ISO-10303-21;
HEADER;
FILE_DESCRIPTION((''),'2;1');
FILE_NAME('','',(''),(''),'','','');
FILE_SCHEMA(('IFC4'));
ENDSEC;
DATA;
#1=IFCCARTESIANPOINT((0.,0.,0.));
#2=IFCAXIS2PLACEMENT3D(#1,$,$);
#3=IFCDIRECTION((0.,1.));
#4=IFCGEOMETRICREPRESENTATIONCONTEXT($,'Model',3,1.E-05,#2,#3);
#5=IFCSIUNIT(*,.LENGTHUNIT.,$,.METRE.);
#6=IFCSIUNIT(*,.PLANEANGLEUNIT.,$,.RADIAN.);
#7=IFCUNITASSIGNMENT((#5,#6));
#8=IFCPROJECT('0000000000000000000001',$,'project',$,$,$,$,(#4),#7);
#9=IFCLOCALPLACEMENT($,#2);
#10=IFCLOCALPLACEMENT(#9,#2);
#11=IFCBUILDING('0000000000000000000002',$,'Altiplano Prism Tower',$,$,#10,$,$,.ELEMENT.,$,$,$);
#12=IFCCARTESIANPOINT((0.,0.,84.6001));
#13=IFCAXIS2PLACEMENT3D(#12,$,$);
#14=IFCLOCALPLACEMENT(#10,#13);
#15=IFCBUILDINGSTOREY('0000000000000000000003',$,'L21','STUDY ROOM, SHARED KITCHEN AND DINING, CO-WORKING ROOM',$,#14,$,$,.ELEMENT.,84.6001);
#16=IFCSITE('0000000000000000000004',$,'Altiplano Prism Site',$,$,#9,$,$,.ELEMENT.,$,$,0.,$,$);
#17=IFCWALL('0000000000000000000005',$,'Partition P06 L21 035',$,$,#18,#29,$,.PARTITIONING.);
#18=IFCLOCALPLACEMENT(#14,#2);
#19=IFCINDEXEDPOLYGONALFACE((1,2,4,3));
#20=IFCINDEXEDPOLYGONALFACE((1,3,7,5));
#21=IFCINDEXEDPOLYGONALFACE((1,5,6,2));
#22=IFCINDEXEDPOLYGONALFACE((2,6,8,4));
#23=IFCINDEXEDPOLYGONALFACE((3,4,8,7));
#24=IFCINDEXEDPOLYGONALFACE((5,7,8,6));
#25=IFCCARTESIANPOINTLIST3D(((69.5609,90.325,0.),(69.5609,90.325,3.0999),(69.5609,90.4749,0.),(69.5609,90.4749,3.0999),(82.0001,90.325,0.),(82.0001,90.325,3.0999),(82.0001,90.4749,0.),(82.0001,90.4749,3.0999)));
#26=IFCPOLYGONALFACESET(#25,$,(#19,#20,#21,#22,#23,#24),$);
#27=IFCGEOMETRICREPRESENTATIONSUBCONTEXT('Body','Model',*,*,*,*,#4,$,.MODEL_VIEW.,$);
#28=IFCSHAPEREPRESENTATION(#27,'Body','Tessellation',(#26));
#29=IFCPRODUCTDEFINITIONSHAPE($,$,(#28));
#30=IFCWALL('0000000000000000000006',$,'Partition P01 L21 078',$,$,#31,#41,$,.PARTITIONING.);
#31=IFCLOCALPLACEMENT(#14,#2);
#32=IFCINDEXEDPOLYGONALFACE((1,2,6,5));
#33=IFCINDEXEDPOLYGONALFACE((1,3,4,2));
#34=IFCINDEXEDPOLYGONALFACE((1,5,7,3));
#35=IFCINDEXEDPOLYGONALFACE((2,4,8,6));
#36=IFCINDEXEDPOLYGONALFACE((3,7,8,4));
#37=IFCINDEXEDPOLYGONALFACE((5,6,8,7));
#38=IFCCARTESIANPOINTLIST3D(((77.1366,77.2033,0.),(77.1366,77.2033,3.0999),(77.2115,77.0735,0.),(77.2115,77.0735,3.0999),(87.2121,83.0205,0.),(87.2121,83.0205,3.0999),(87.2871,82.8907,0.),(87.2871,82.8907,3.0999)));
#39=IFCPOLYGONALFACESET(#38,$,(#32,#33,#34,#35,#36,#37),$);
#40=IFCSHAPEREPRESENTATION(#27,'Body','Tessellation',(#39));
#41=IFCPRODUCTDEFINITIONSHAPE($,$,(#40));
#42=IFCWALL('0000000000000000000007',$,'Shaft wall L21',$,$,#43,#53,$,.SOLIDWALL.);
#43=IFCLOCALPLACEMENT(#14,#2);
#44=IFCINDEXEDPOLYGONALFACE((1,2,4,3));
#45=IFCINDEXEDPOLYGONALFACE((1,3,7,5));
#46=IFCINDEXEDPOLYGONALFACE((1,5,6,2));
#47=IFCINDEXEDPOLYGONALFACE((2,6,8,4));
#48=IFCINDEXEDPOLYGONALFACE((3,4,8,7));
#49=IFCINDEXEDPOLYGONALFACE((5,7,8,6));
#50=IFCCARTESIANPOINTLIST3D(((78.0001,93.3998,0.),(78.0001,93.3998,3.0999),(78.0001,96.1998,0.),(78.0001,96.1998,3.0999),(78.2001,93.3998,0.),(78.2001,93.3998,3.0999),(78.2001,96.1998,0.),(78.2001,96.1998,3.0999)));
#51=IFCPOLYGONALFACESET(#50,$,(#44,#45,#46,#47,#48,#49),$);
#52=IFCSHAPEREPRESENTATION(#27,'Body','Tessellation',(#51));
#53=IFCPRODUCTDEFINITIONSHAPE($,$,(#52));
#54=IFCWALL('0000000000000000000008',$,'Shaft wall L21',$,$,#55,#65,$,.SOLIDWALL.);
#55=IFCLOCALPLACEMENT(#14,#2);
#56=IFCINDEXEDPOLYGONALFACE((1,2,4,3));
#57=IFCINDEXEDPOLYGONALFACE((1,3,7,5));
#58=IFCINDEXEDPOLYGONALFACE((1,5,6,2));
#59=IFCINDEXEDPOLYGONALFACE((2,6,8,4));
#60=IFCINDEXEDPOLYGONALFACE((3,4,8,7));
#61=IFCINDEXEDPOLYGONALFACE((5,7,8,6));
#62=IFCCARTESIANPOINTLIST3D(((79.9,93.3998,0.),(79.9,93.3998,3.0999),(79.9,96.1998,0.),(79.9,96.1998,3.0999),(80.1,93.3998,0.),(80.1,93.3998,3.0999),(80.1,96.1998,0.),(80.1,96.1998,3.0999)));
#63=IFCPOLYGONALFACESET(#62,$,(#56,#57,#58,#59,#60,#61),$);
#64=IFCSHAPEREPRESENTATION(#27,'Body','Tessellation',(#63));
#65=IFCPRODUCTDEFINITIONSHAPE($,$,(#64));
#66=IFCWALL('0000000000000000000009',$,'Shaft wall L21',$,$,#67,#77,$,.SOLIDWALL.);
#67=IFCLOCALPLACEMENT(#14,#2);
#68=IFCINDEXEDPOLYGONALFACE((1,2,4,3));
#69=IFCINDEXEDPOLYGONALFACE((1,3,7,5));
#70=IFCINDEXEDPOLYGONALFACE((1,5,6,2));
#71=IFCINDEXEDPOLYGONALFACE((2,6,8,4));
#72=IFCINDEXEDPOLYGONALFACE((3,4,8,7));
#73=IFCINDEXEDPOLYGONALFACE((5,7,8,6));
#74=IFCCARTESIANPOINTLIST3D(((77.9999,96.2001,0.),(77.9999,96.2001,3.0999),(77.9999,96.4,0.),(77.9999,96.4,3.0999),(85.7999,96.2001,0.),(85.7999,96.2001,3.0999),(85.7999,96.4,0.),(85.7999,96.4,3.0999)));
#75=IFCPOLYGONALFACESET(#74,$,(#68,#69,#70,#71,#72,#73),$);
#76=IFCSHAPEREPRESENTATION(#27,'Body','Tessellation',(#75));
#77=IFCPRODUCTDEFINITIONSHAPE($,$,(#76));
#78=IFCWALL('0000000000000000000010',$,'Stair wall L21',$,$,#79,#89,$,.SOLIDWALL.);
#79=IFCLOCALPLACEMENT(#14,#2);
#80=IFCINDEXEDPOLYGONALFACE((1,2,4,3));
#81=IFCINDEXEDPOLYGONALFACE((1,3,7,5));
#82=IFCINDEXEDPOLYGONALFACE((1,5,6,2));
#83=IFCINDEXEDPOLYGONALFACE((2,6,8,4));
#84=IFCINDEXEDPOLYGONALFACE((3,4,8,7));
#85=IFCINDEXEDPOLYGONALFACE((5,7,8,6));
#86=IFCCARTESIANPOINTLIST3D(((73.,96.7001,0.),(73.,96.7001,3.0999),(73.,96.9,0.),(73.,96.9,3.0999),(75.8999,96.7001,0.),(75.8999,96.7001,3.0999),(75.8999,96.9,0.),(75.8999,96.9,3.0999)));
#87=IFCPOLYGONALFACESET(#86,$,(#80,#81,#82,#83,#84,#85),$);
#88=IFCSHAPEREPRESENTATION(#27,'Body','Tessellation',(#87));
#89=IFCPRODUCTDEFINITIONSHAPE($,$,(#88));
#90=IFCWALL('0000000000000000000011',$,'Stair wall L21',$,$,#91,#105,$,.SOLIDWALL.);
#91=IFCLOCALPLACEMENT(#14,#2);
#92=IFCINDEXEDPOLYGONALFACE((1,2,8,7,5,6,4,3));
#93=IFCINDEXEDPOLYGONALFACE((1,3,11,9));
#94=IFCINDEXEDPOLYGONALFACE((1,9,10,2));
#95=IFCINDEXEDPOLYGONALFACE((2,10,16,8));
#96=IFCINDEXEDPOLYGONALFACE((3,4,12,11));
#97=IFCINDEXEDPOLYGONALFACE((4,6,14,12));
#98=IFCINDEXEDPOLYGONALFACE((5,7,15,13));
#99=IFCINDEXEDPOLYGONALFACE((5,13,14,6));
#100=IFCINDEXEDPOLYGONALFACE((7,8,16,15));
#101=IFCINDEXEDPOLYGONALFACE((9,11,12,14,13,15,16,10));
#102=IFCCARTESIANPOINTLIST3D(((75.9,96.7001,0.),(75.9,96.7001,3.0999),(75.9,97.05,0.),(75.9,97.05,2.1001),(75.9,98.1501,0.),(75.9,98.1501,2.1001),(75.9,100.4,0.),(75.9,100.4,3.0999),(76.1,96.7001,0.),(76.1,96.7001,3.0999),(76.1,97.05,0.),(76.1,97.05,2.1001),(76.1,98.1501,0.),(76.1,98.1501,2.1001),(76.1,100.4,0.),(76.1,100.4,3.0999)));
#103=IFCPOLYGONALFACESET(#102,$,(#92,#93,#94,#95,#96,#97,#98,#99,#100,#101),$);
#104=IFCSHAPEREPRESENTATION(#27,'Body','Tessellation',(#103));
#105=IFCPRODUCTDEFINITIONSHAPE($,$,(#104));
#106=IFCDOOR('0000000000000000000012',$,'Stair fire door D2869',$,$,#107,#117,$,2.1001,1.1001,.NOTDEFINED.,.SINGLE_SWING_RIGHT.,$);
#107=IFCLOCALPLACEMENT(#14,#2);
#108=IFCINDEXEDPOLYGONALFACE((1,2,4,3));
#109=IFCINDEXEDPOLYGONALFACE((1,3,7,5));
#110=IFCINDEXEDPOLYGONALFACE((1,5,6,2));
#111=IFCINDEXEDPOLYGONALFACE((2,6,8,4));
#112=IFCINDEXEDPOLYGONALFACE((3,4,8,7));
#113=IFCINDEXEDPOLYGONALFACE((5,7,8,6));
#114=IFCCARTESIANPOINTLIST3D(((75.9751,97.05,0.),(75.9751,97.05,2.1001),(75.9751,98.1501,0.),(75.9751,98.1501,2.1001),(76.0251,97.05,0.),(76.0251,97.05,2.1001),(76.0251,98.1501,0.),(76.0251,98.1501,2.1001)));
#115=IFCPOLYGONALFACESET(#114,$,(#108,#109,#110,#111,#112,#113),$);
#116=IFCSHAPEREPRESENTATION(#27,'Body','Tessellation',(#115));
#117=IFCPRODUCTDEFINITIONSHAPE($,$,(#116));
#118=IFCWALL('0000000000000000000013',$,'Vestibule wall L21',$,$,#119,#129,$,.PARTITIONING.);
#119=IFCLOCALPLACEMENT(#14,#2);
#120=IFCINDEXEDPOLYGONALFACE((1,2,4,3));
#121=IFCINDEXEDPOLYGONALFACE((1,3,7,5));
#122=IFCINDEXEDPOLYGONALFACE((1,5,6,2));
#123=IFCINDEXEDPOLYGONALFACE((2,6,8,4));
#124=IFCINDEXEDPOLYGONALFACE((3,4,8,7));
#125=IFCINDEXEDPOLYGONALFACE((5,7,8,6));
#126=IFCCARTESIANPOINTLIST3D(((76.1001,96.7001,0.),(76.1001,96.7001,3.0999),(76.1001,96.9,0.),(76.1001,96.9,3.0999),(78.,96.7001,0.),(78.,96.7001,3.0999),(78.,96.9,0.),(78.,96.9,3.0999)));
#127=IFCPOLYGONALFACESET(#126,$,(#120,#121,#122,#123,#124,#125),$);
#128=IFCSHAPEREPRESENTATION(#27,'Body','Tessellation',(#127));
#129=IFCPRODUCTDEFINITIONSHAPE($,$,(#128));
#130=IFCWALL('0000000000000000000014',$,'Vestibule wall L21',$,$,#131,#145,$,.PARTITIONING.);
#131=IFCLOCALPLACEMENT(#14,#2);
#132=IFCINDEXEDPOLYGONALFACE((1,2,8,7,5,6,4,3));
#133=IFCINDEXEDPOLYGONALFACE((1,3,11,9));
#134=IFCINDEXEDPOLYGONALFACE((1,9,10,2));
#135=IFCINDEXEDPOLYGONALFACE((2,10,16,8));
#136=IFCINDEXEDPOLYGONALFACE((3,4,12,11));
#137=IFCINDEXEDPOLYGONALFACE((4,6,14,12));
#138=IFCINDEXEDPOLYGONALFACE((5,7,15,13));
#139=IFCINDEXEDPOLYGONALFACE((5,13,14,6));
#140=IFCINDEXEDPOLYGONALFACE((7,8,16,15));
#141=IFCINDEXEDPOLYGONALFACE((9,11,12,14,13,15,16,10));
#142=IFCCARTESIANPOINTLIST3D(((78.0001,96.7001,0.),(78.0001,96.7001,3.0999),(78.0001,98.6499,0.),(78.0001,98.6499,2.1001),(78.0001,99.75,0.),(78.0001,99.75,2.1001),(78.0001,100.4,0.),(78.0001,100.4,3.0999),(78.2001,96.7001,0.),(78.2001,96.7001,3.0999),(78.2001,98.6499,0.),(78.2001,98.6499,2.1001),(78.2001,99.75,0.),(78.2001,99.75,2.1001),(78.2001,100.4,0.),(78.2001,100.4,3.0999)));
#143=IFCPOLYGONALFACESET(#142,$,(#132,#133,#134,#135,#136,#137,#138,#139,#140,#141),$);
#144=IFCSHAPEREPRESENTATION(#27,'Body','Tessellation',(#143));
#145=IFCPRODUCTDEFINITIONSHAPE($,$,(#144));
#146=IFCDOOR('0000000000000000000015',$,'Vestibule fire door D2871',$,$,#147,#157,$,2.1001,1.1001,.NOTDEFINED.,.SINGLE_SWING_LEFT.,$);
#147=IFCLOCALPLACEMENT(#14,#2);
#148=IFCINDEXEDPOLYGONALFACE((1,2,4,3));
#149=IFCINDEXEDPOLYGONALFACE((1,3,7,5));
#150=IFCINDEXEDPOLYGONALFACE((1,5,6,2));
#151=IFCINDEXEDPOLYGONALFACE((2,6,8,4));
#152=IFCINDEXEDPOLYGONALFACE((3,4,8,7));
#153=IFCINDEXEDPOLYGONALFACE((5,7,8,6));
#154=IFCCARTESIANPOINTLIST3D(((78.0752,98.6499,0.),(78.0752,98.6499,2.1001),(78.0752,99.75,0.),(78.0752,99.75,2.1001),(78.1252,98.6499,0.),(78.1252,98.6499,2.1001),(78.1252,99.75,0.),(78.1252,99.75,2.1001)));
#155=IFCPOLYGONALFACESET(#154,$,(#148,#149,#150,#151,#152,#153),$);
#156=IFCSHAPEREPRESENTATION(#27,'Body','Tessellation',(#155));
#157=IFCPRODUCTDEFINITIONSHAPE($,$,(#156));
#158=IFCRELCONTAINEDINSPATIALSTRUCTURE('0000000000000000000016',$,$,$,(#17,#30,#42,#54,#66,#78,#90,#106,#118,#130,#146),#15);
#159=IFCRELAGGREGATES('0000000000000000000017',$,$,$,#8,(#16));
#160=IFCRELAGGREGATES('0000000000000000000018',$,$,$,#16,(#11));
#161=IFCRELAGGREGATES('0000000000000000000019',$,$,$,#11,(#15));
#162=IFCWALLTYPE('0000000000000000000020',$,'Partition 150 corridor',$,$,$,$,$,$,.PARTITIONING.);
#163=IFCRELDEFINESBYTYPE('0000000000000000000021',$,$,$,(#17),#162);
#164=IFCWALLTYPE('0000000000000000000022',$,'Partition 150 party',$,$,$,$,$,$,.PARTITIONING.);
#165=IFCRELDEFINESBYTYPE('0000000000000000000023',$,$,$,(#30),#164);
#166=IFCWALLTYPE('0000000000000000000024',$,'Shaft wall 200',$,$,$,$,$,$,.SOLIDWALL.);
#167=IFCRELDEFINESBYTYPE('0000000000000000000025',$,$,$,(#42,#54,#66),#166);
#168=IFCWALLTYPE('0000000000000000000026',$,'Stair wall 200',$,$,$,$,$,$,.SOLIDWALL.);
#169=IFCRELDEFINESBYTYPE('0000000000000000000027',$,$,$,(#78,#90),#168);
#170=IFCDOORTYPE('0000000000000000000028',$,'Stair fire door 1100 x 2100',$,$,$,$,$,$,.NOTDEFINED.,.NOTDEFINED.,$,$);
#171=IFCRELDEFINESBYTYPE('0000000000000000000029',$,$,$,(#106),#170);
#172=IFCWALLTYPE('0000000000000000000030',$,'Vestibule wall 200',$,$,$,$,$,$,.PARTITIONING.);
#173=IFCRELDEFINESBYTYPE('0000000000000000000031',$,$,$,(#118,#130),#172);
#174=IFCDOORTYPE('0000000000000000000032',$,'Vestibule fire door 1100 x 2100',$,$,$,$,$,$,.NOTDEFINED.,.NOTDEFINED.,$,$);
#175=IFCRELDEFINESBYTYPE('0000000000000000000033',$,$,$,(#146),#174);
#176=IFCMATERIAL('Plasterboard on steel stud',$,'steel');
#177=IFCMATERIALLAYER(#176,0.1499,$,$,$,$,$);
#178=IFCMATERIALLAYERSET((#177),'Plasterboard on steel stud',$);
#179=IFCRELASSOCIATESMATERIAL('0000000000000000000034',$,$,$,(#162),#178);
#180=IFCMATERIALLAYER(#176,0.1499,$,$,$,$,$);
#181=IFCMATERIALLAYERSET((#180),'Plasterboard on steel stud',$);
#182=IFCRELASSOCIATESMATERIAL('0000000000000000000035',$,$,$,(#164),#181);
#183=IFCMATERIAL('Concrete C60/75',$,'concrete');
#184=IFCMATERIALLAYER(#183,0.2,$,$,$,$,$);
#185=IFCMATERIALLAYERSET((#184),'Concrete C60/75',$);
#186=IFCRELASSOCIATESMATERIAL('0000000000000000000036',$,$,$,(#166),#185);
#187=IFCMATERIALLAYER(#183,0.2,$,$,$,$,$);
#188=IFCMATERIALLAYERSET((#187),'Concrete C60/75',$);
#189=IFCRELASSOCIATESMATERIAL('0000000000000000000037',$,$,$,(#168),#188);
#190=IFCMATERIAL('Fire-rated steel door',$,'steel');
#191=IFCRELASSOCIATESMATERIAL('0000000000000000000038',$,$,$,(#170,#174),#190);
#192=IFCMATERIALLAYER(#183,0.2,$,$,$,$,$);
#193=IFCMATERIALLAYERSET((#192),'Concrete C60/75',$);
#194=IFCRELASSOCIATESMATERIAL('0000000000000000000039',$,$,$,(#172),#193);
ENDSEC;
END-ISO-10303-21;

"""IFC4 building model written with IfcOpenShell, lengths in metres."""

from ifc_helpers import new_model, si_unit, direction, frame, frame_2d, origin, place, context, subcontext, project, spatial, rectangle, extrude, material, layer, layer_set, type_object, element, fill, save


model = new_model("IFC4")

# Units and contexts
model_context = context("Model", 3, precision=1e-05, world=origin(), true_north=direction((0.0, 1.0)))
body_context = subcontext(model_context, "Body", "Model", "MODEL_VIEW")
ifc_project = project(units=[si_unit("LENGTHUNIT", "METRE"), si_unit("PLANEANGLEUNIT", "RADIAN")], contexts=[model_context])

# Site, building, storey
site_placement = place(None, origin())
site = spatial("IfcSite", under=ifc_project, at=site_placement, Name="Altiplano Prism Site", CompositionType="ELEMENT", RefElevation=0.0)
building_placement = place(site_placement, origin())
building = spatial("IfcBuilding", under=site, at=building_placement, Name="Altiplano Prism Tower", CompositionType="ELEMENT")
storey_placement = place(building_placement, frame((0.0, 0.0, 84.6001)))
storey = spatial("IfcBuildingStorey", under=building, at=storey_placement, Name="L21", Description="STUDY ROOM, SHARED KITCHEN AND DINING, CO-WORKING ROOM", CompositionType="ELEMENT", Elevation=84.6001)

# Shared definitions
ifc_material_1 = material(Name="Concrete C60/75", Category="concrete")

# Shared definitions
ifc_material_2 = material(Name="Fire-rated steel door", Category="steel")

# Walls
ifc_material_3 = material(Name="Plasterboard on steel stud", Category="steel")
ifc_layer_1 = layer(ifc_material_3, 0.1499)
ifc_layer_set_1 = layer_set([ifc_layer_1], Name="Plasterboard on steel stud")
wall_type_1 = type_object("IfcWallType", Name="Partition 150 corridor", PredefinedType="PARTITIONING", material=ifc_layer_set_1)
wall_1_placement = place(storey_placement, frame((69.5608, 90.3999, 0.0), z_axis=(0.0, 0.0, 1.0), x_axis=(1.0, 0.0, 0.0)))
element("IfcWall", 1, at=wall_1_placement, inside=storey, type_object=wall_type_1, Name="Partition P06 L21 035", PredefinedType="PARTITIONING", context=body_context, shape_type="SweptSolid", body=[
    extrude(rectangle(XDim=12.4392, YDim=0.1499, at=frame_2d((6.2197, 0.0))), origin(), (0.0, 0.0, 1.0), 3.0999),
])
ifc_layer_2 = layer(ifc_material_3, 0.1499)
ifc_layer_set_2 = layer_set([ifc_layer_2], Name="Plasterboard on steel stud")
wall_type_2 = type_object("IfcWallType", Name="Partition 150 party", PredefinedType="PARTITIONING", material=ifc_layer_set_2)
wall_2_placement = place(storey_placement, frame((77.1741, 77.1384, 0.0), z_axis=(0.0, 0.0, 1.0), x_axis=(0.866022, 0.500005, 0.0)))
element("IfcWall", 2, at=wall_2_placement, inside=storey, type_object=wall_type_2, Name="Partition P01 L21 078", PredefinedType="PARTITIONING", context=body_context, shape_type="SweptSolid", body=[
    extrude(rectangle(XDim=11.6343, YDim=0.1499, at=frame_2d((5.8171, 0.0))), origin(), (0.0, 0.0, 1.0), 3.0999),
])
ifc_layer_3 = layer(ifc_material_1, 0.2)
ifc_layer_set_3 = layer_set([ifc_layer_3], Name="Concrete C60/75")
wall_type_3 = type_object("IfcWallType", Name="Shaft wall 200", PredefinedType="SOLIDWALL", material=ifc_layer_set_3)
for number, where, z_axis, x_axis, name in (
    (3, (78.1001, 93.3999, 0.0), (0.0, 0.0, 1.0), (0.0, 1.0, 0.0), "Shaft wall L21"),
    (4, (80.0, 93.3999, 0.0), (0.0, 0.0, 1.0), (0.0, 1.0, 0.0), "Shaft wall L21"),
):
    element("IfcWall", number, at=place(storey_placement, frame(where, z_axis=z_axis, x_axis=x_axis)), inside=storey, type_object=wall_type_3, Name=name, PredefinedType="SOLIDWALL", context=body_context, shape_type="SweptSolid", body=[
        extrude(rectangle(XDim=2.8, YDim=0.2, at=frame_2d((1.3999, 0.0))), origin(), (0.0, 0.0, 1.0), 3.0999),
    ])
wall_3_placement = place(storey_placement, frame((78.0, 96.3, 0.0), z_axis=(0.0, 0.0, 1.0), x_axis=(1.0, 0.0, 0.0)))
element("IfcWall", 5, at=wall_3_placement, inside=storey, type_object=wall_type_3, Name="Shaft wall L21", PredefinedType="SOLIDWALL", context=body_context, shape_type="SweptSolid", body=[
    extrude(rectangle(XDim=7.8, YDim=0.2, at=frame_2d((3.8999, 0.0))), origin(), (0.0, 0.0, 1.0), 3.0999),
])
ifc_layer_4 = layer(ifc_material_1, 0.2)
ifc_layer_set_4 = layer_set([ifc_layer_4], Name="Concrete C60/75")
wall_type_4 = type_object("IfcWallType", Name="Stair wall 200", PredefinedType="SOLIDWALL", material=ifc_layer_set_4)
wall_4_placement = place(storey_placement, frame((73.0, 96.8, 0.0), z_axis=(0.0, 0.0, 1.0), x_axis=(1.0, 0.0, 0.0)))
element("IfcWall", 6, at=wall_4_placement, inside=storey, type_object=wall_type_4, Name="Stair wall L21", PredefinedType="SOLIDWALL", context=body_context, shape_type="SweptSolid", body=[
    extrude(rectangle(XDim=2.8999, YDim=0.2, at=frame_2d((1.45, 0.0))), origin(), (0.0, 0.0, 1.0), 3.0999),
])

# Wall, opening, door
wall_5_placement = place(storey_placement, frame((76.0, 96.7, 0.0), z_axis=(0.0, 0.0, 1.0), x_axis=(0.0, 1.0, 0.0)))
wall_5 = element("IfcWall", 7, at=wall_5_placement, inside=storey, type_object=wall_type_4, Name="Stair wall L21", PredefinedType="SOLIDWALL", context=body_context, shape_type="SweptSolid", body=[
    extrude(rectangle(XDim=3.7, YDim=0.2, at=frame_2d((1.8501, 0.0))), origin(), (0.0, 0.0, 1.0), 3.0999),
])
opening_1_placement = place(wall_5_placement, frame((0.3501, 0.0, 0.0)))
opening_1 = element("IfcOpeningElement", 8, at=opening_1_placement, cuts=wall_5, PredefinedType="OPENING", context=body_context, shape_type="SweptSolid", body=[
    extrude(rectangle(XDim=1.1001, YDim=2.1001, at=frame_2d((0.55, 1.05))), frame((0.0, 0.1104, 0.0), z_axis=(0.0, -1.0, 0.0), x_axis=(1.0, 0.0, 0.0)), (0.0, 0.0, 1.0), 0.2209),
])
door_type_1 = type_object("IfcDoorType", Name="Stair fire door 1100 x 2100", OperationType="NOTDEFINED", PredefinedType="NOTDEFINED", material=ifc_material_2)
door_1_placement = place(opening_1_placement, origin())
door_1 = element("IfcDoor", 9, at=door_1_placement, inside=storey, type_object=door_type_1, Name="Stair fire door D2869", OperationType="SINGLE_SWING_RIGHT", OverallHeight=2.1001, OverallWidth=1.1001, PredefinedType="NOTDEFINED", context=body_context, shape_type="SweptSolid", body=[
    extrude(rectangle(XDim=1.1001, YDim=2.1001, at=frame_2d((0.55, 1.05))), frame((0.0, 0.0249, 0.0), z_axis=(0.0, -1.0, 0.0), x_axis=(1.0, 0.0, 0.0)), (0.0, 0.0, 1.0), 0.05),
])
fill(opening_1, door_1)

# Wall
ifc_layer_5 = layer(ifc_material_1, 0.2)
ifc_layer_set_5 = layer_set([ifc_layer_5], Name="Concrete C60/75")
wall_type_5 = type_object("IfcWallType", Name="Vestibule wall 200", PredefinedType="PARTITIONING", material=ifc_layer_set_5)
wall_6_placement = place(storey_placement, frame((76.1001, 96.8, 0.0), z_axis=(0.0, 0.0, 1.0), x_axis=(1.0, 0.0, 0.0)))
element("IfcWall", 10, at=wall_6_placement, inside=storey, type_object=wall_type_5, Name="Vestibule wall L21", PredefinedType="PARTITIONING", context=body_context, shape_type="SweptSolid", body=[
    extrude(rectangle(XDim=1.8999, YDim=0.2, at=frame_2d((0.95, 0.0))), origin(), (0.0, 0.0, 1.0), 3.0999),
])

# Wall, opening, door
wall_7_placement = place(storey_placement, frame((78.1001, 96.7, 0.0), z_axis=(0.0, 0.0, 1.0), x_axis=(0.0, 1.0, 0.0)))
wall_7 = element("IfcWall", 11, at=wall_7_placement, inside=storey, type_object=wall_type_5, Name="Vestibule wall L21", PredefinedType="PARTITIONING", context=body_context, shape_type="SweptSolid", body=[
    extrude(rectangle(XDim=3.7, YDim=0.2, at=frame_2d((1.8501, 0.0))), origin(), (0.0, 0.0, 1.0), 3.0999),
])
opening_2_placement = place(wall_7_placement, frame((1.95, 0.0, 0.0)))
opening_2 = element("IfcOpeningElement", 12, at=opening_2_placement, cuts=wall_7, PredefinedType="OPENING", context=body_context, shape_type="SweptSolid", body=[
    extrude(rectangle(XDim=1.1001, YDim=2.1001, at=frame_2d((0.55, 1.05))), frame((0.0, 0.1104, 0.0), z_axis=(0.0, -1.0, 0.0), x_axis=(1.0, 0.0, 0.0)), (0.0, 0.0, 1.0), 0.2209),
])
door_type_2 = type_object("IfcDoorType", Name="Vestibule fire door 1100 x 2100", OperationType="NOTDEFINED", PredefinedType="NOTDEFINED", material=ifc_material_2)
door_2_placement = place(opening_2_placement, origin())
door_2 = element("IfcDoor", 13, at=door_2_placement, inside=storey, type_object=door_type_2, Name="Vestibule fire door D2871", OperationType="SINGLE_SWING_LEFT", OverallHeight=2.1001, OverallWidth=1.1001, PredefinedType="NOTDEFINED", context=body_context, shape_type="SweptSolid", body=[
    extrude(rectangle(XDim=1.1001, YDim=2.1001, at=frame_2d((0.55, 1.05))), frame((0.0, 0.0249, 0.0), z_axis=(0.0, -1.0, 0.0), x_axis=(1.0, 0.0, 0.0)), (0.0, 0.0, 1.0), 0.05),
])
fill(opening_2, door_2)

save(model, "model.ifc")
